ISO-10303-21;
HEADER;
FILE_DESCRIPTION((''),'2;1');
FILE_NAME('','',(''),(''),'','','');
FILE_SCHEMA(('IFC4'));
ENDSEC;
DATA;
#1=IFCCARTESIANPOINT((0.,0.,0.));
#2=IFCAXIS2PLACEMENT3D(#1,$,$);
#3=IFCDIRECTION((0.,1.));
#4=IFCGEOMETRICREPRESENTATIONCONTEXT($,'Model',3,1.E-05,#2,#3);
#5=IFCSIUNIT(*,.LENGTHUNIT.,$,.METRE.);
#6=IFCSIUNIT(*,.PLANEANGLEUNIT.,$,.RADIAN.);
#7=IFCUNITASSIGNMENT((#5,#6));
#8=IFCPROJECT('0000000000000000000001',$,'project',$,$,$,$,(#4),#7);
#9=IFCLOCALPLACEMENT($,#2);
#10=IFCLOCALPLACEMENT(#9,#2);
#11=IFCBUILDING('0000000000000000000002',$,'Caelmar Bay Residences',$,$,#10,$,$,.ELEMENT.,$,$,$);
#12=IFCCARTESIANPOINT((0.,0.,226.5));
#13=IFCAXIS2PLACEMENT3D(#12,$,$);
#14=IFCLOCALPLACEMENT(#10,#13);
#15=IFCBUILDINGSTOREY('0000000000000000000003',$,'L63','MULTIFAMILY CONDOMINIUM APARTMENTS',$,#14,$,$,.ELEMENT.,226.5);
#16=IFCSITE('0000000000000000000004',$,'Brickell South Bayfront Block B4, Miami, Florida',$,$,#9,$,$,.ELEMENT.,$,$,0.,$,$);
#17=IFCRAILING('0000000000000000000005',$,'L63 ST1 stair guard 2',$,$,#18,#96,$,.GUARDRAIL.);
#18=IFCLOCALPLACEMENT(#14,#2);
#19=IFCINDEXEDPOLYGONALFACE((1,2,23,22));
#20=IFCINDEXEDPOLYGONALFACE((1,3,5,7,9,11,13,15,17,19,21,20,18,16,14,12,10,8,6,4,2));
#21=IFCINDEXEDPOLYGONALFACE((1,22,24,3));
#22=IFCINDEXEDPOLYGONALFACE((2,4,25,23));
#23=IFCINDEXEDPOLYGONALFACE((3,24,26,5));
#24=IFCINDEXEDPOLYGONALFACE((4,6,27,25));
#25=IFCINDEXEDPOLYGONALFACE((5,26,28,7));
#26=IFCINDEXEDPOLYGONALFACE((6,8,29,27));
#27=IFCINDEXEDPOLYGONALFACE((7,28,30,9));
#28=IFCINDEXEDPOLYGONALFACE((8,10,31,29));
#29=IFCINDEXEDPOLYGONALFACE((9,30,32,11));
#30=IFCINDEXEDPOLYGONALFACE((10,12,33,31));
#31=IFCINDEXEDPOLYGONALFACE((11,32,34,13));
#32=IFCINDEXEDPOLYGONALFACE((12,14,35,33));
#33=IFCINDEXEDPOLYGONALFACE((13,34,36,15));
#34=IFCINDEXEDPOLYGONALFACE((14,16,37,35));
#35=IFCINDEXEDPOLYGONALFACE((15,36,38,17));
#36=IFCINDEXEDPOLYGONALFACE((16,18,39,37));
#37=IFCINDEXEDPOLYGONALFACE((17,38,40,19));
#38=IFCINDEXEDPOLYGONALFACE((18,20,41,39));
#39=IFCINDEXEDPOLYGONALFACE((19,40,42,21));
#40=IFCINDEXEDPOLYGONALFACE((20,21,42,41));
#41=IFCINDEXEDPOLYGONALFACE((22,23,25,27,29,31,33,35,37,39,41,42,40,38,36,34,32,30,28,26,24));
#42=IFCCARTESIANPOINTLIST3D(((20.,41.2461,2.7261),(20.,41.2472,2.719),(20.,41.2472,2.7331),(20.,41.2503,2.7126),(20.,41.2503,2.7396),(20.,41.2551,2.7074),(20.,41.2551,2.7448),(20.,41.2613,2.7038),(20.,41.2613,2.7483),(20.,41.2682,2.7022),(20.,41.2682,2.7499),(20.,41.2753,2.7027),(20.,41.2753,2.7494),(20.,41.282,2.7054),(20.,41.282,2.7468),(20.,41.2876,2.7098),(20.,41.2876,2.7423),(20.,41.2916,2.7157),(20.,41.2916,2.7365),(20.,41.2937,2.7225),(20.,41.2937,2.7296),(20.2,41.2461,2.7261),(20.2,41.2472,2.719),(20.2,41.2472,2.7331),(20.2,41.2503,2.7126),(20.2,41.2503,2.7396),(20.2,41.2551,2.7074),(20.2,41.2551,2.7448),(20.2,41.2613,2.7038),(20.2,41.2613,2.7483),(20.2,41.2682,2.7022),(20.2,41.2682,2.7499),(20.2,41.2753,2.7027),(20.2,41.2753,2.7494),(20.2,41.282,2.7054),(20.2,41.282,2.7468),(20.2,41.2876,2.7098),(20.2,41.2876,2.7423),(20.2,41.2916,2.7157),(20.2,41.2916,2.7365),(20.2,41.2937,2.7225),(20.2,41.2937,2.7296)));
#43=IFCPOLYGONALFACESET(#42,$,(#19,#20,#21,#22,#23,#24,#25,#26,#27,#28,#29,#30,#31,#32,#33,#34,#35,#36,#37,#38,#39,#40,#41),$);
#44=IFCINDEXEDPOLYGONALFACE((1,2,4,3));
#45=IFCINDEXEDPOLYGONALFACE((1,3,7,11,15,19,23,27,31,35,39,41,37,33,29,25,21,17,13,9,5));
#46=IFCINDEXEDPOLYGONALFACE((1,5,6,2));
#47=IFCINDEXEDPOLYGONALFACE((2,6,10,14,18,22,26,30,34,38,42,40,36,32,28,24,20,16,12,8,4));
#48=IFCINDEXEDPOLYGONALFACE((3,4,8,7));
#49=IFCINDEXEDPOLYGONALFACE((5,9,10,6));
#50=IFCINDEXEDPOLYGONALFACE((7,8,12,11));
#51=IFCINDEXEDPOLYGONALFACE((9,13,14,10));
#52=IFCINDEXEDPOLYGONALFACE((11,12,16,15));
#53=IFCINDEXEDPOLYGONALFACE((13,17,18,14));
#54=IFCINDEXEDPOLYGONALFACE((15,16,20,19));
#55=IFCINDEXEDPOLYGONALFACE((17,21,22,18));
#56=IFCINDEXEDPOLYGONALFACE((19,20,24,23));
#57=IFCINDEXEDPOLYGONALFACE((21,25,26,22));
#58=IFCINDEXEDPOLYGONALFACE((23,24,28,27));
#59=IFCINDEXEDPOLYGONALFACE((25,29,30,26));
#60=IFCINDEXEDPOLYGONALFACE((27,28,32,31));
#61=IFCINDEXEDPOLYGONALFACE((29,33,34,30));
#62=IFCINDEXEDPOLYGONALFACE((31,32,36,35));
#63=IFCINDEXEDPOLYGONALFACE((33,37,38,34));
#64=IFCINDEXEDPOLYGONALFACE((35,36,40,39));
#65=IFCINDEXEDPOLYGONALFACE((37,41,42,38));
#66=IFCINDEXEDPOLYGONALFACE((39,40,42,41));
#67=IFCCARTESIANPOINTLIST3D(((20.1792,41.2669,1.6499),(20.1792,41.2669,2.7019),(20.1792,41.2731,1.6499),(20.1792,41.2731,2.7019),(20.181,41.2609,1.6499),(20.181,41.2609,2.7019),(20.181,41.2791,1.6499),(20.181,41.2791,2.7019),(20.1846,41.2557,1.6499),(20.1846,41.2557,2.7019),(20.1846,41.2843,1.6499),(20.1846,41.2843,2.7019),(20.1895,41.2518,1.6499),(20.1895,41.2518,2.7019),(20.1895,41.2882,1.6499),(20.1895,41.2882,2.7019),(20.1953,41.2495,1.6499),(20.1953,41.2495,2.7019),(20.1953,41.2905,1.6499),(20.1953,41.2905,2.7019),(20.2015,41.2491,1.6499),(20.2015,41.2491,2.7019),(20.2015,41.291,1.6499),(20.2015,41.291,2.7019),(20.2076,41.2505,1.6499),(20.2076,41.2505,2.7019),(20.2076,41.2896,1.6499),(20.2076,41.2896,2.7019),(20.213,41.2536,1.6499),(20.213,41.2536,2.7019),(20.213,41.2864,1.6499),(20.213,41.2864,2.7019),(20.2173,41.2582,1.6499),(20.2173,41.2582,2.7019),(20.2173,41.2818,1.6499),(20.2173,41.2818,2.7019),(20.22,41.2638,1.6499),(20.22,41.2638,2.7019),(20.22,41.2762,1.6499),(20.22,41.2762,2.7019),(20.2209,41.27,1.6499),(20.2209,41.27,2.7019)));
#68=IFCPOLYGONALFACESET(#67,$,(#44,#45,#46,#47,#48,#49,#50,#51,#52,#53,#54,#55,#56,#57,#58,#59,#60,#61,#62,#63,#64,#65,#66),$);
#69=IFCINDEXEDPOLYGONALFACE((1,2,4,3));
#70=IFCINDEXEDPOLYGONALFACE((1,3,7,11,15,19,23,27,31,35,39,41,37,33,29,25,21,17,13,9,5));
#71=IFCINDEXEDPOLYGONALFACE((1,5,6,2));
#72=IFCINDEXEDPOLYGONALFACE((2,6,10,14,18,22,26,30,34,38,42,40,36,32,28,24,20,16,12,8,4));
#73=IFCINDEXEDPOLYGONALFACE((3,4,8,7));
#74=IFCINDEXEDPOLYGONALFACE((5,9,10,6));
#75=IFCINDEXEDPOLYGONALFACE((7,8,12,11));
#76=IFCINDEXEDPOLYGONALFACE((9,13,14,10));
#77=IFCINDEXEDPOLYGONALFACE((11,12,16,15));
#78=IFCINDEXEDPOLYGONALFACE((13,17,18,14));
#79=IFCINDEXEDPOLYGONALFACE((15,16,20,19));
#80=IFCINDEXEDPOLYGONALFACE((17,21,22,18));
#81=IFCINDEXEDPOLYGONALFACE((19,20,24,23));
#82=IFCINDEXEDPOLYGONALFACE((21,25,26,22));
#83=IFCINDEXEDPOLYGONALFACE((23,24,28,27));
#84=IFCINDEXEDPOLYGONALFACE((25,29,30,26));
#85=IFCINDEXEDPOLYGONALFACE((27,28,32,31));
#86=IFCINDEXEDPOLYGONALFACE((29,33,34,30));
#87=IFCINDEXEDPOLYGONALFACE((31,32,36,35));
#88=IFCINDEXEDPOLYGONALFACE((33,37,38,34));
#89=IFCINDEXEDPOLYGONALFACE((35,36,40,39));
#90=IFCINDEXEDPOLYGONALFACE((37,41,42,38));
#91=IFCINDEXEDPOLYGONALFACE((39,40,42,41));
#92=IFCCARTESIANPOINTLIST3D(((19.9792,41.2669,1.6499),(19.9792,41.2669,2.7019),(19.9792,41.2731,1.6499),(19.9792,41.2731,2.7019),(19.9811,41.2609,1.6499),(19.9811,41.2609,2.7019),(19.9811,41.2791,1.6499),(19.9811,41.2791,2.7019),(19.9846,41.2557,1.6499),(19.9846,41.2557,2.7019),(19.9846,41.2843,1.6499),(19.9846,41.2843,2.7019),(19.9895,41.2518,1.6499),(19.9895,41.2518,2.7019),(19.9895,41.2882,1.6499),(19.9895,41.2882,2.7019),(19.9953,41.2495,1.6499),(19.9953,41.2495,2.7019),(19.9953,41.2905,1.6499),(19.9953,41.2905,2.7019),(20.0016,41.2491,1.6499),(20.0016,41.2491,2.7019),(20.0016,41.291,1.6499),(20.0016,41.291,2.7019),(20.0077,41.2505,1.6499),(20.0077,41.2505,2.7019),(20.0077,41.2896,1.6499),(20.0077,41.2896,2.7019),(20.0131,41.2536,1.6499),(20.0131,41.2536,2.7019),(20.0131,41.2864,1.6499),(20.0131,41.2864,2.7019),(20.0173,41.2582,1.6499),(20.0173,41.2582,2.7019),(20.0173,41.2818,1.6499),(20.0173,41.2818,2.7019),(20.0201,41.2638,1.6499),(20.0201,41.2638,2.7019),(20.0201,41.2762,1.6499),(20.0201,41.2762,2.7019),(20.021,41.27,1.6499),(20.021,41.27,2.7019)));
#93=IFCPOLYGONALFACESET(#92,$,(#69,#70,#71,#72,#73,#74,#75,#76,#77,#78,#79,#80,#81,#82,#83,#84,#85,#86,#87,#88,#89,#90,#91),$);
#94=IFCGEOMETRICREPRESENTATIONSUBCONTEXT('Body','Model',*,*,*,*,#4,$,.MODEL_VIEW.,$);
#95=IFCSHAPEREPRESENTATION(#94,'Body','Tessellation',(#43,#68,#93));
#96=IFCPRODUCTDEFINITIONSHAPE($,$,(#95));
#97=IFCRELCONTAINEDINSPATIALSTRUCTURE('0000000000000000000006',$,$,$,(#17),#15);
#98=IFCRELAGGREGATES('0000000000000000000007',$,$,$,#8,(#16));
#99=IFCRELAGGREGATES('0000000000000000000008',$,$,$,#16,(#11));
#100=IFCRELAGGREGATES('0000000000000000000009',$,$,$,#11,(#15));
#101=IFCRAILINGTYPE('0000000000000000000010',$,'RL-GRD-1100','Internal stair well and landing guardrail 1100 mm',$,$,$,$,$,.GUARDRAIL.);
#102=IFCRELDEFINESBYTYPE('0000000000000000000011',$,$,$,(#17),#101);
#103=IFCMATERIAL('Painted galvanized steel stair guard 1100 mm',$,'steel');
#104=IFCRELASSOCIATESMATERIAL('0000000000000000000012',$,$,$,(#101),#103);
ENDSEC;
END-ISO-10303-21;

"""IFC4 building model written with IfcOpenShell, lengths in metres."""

from ifc_helpers import new_model, si_unit, direction, frame, origin, origin_2d, place, context, subcontext, project, spatial, circle, extrude, material, type_object, element, save


model = new_model("IFC4")

# Units and contexts
model_context = context("Model", 3, precision=1e-05, world=origin(), true_north=direction((0.0, 1.0)))
body_context = subcontext(model_context, "Body", "Model", "MODEL_VIEW")
ifc_project = project(units=[si_unit("LENGTHUNIT", "METRE"), si_unit("PLANEANGLEUNIT", "RADIAN")], contexts=[model_context])

# Site, building, storey
site_placement = place(None, origin())
site = spatial("IfcSite", under=ifc_project, at=site_placement, Name="Brickell South Bayfront Block B4, Miami, Florida", CompositionType="ELEMENT", RefElevation=0.0)
building_placement = place(site_placement, origin())
building = spatial("IfcBuilding", under=site, at=building_placement, Name="Caelmar Bay Residences", CompositionType="ELEMENT")
storey_placement = place(building_placement, frame((0.0, 0.0, 226.5)))
storey = spatial("IfcBuildingStorey", under=building, at=storey_placement, Name="L63", Description="MULTIFAMILY CONDOMINIUM APARTMENTS", CompositionType="ELEMENT", Elevation=226.5)

# Railing
ifc_material_1 = material(Name="Painted galvanized steel stair guard 1100 mm", Category="steel")
railing_type_1 = type_object("IfcRailingType", Name="RL-GRD-1100", Description="Internal stair well and landing guardrail 1100 mm", PredefinedType="GUARDRAIL", material=ifc_material_1)
railing_1_placement = place(storey_placement, frame((20.2, 41.27, 1.6499)))
element("IfcRailing", 1, at=railing_1_placement, inside=storey, type_object=railing_type_1, Name="L63 ST1 stair guard 2", PredefinedType="GUARDRAIL", context=body_context, shape_type="SweptSolid", body=[
    extrude(circle(Radius=0.0239, at=origin_2d()), frame((0.0, 0.0, 1.0762), z_axis=(-1.0, 0.0, 0.0), x_axis=(0.0, -1.0, 0.0)), (0.0, 0.0, 1.0), 0.2),
    extrude(circle(Radius=0.021, at=origin_2d()), origin(), (0.0, 0.0, 1.0), 1.052),
    extrude(circle(Radius=0.021, at=origin_2d()), frame((-0.2, 0.0, 0.0)), (0.0, 0.0, 1.0), 1.052),
])

save(model, "model.ifc")
